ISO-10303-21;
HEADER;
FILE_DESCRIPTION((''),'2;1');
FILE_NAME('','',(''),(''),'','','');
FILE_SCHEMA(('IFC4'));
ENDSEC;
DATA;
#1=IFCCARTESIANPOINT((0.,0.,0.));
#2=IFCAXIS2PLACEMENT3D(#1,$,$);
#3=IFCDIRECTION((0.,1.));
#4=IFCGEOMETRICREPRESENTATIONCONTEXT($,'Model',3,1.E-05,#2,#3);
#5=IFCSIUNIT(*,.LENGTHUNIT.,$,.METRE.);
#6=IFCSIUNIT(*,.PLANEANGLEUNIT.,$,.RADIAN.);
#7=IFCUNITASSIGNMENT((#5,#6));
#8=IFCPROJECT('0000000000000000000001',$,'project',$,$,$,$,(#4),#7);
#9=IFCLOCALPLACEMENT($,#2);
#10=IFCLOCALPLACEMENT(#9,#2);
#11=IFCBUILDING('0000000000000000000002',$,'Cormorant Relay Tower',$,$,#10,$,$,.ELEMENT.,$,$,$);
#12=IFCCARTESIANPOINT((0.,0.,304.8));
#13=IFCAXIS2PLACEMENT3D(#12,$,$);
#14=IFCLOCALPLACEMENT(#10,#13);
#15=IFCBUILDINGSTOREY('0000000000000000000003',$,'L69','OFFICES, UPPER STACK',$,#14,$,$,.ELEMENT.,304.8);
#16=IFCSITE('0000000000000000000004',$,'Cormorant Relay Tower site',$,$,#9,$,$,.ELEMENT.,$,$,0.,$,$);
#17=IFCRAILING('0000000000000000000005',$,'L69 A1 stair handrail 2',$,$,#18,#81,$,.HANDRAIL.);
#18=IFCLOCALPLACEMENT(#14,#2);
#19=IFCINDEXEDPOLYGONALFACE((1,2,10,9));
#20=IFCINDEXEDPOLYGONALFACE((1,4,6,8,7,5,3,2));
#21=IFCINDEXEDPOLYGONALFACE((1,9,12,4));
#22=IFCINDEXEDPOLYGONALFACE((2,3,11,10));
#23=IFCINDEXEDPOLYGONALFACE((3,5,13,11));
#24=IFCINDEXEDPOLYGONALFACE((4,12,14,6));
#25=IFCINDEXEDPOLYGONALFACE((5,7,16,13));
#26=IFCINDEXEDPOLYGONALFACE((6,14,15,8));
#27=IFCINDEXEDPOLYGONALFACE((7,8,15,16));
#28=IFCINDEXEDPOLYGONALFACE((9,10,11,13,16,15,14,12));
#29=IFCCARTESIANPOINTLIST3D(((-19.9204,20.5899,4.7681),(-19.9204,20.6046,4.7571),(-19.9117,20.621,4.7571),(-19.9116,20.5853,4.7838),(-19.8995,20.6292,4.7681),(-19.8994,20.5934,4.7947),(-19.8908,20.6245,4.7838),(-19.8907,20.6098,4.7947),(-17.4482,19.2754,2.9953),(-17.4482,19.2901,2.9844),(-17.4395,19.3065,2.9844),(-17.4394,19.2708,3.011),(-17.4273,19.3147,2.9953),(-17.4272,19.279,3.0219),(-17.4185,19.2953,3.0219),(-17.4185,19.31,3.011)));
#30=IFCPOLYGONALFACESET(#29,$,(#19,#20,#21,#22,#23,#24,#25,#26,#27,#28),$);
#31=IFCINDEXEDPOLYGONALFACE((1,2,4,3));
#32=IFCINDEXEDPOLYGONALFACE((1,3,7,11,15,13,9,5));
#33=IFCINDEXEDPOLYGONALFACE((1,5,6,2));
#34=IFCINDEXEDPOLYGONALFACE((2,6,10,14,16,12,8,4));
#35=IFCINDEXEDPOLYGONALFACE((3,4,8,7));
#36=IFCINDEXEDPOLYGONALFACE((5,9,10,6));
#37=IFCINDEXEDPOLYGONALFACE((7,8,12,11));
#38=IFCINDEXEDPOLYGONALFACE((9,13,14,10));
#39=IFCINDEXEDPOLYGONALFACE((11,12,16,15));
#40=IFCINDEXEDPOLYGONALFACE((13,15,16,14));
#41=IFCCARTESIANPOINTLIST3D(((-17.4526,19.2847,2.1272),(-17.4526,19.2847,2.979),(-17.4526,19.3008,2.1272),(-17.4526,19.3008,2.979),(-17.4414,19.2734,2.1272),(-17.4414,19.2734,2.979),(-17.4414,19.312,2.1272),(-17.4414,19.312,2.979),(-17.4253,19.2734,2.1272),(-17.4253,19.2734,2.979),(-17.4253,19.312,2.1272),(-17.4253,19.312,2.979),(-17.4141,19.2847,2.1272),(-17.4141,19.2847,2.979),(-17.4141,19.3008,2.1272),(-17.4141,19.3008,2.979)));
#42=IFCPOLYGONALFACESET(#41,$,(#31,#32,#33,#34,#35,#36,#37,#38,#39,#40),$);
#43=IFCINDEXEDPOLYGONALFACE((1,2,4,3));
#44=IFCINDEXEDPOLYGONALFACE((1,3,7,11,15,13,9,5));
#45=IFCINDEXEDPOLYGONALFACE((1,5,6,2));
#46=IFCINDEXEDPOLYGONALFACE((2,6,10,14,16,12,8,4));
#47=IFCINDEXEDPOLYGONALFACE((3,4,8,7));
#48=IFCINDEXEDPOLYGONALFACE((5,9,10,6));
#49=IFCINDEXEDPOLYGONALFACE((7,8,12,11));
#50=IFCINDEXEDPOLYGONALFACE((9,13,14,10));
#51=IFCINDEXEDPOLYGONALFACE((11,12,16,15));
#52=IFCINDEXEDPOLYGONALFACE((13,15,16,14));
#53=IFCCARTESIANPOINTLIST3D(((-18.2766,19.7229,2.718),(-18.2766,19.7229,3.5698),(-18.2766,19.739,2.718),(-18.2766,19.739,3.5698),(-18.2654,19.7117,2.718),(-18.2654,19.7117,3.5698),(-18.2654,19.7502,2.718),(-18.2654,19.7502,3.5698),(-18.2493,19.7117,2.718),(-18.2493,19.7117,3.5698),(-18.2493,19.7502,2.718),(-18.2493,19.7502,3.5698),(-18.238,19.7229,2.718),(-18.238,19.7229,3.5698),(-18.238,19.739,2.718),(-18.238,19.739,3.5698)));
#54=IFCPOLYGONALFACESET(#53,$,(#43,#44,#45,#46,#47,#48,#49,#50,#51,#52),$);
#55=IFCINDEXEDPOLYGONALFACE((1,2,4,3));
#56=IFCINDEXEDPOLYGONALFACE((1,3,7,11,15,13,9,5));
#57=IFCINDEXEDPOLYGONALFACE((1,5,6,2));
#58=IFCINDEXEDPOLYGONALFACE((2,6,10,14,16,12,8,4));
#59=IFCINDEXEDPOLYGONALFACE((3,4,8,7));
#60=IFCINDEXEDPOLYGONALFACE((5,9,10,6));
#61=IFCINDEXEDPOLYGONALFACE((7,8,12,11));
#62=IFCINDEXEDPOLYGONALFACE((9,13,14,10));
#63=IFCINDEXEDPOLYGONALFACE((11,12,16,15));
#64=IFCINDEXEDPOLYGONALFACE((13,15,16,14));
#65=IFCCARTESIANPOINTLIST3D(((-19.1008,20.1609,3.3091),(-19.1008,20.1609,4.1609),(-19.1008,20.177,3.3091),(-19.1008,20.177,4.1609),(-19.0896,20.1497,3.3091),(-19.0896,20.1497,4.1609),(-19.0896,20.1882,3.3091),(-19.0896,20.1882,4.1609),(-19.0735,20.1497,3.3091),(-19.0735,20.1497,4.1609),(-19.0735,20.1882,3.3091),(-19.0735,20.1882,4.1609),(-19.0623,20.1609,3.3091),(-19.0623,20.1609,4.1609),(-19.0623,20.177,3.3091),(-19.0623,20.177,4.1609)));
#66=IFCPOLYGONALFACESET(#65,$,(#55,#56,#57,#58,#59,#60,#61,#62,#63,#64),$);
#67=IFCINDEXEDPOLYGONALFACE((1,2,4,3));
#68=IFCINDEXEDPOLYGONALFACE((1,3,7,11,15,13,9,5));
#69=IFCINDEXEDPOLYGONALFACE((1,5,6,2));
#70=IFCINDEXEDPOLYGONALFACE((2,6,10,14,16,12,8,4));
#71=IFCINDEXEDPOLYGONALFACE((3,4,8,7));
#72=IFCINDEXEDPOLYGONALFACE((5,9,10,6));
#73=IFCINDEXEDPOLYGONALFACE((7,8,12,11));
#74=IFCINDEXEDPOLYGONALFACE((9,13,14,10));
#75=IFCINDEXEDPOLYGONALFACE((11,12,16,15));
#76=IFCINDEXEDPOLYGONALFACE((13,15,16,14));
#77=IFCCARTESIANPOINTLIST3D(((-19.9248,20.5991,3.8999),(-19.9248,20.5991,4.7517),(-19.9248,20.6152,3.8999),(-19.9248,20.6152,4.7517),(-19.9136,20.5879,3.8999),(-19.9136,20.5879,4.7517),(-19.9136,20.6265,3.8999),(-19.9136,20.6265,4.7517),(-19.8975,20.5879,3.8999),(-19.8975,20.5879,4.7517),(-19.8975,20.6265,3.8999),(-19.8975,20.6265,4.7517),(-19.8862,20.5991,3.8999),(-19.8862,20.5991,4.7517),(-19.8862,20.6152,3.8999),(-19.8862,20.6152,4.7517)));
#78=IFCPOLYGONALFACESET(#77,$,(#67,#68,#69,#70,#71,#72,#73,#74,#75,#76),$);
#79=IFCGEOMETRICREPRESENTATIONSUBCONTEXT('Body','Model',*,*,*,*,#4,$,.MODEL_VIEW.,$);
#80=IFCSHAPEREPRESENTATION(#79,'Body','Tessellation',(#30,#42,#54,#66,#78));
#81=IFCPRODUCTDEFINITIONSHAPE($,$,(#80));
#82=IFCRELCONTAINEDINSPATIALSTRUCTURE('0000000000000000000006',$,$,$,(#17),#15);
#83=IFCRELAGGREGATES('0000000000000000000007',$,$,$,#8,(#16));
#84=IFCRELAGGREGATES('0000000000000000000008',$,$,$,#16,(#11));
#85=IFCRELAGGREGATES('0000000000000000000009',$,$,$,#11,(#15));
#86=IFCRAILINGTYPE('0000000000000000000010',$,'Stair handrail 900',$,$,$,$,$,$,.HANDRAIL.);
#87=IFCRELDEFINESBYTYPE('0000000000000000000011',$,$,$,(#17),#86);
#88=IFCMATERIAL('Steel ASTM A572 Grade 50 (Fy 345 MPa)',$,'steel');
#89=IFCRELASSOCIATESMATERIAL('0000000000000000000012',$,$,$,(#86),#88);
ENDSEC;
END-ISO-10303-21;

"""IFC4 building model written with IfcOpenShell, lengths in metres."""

from ifc_helpers import new_model, si_unit, direction, frame, origin, place, context, subcontext, project, spatial, polyline, outline, extrude, material, type_object, element, save


model = new_model("IFC4")

# Units and contexts
model_context = context("Model", 3, precision=1e-05, world=origin(), true_north=direction((0.0, 1.0)))
body_context = subcontext(model_context, "Body", "Model", "MODEL_VIEW")
ifc_project = project(units=[si_unit("LENGTHUNIT", "METRE"), si_unit("PLANEANGLEUNIT", "RADIAN")], contexts=[model_context])

# Site, building, storey
site_placement = place(None, origin())
site = spatial("IfcSite", under=ifc_project, at=site_placement, Name="Cormorant Relay Tower site", CompositionType="ELEMENT", RefElevation=0.0)
building_placement = place(site_placement, origin())
building = spatial("IfcBuilding", under=site, at=building_placement, Name="Cormorant Relay Tower", CompositionType="ELEMENT")
storey_placement = place(building_placement, frame((0.0, 0.0, 304.8)))
storey = spatial("IfcBuildingStorey", under=building, at=storey_placement, Name="L69", Description="OFFICES, UPPER STACK", CompositionType="ELEMENT", Elevation=304.8)

# Railing
ifc_material_1 = material(Name="Steel ASTM A572 Grade 50 (Fy 345 MPa)", Category="steel")
railing_type_1 = type_object("IfcRailingType", Name="Stair handrail 900", PredefinedType="HANDRAIL", material=ifc_material_1)
railing_1_placement = place(storey_placement, frame((-17.4333, 19.2927, 2.1272)))
element("IfcRailing", 1, at=railing_1_placement, inside=storey, type_object=railing_type_1, Name="L69 A1 stair handrail 2", PredefinedType="HANDRAIL", context=body_context, shape_type="SweptSolid", body=[
    extrude(outline(polyline([(0.0222, 0.0093), (0.0093, 0.0222), (-0.0093, 0.0222), (-0.0222, 0.0093), (-0.0222, -0.0093), (-0.0093, -0.0222), (0.0093, -0.0222), (0.0222, -0.0093), (0.0222, 0.0093)])), frame((0.0, 0.0, 0.876), z_axis=(-0.746001, 0.396649, 0.534931), x_axis=(-0.469465, -0.882951, 0.0)), (0.0, 0.0, 1.0), 3.314),
    extrude(outline(polyline([(0.0193, 0.0081), (0.0081, 0.0193), (-0.0081, 0.0193), (-0.0193, 0.0081), (-0.0193, -0.0081), (-0.0081, -0.0193), (0.0081, -0.0193), (0.0193, -0.0081), (0.0193, 0.0081)])), origin(), (0.0, 0.0, 1.0), 0.8518),
    extrude(outline(polyline([(0.0193, 0.0081), (0.0081, 0.0193), (-0.0081, 0.0193), (-0.0193, 0.0081), (-0.0193, -0.0081), (-0.0081, -0.0193), (0.0081, -0.0193), (0.0193, -0.0081), (0.0193, 0.0081)])), frame((-0.824, 0.4382, 0.5908)), (0.0, 0.0, 1.0), 0.8518),
    extrude(outline(polyline([(0.0193, 0.0081), (0.0081, 0.0193), (-0.0081, 0.0193), (-0.0193, 0.0081), (-0.0193, -0.0081), (-0.0081, -0.0193), (0.0081, -0.0193), (0.0193, -0.0081), (0.0193, 0.0081)])), frame((-1.6482, 0.8762, 1.1819)), (0.0, 0.0, 1.0), 0.8518),
    extrude(outline(polyline([(0.0193, 0.0081), (0.0081, 0.0193), (-0.0081, 0.0193), (-0.0193, 0.0081), (-0.0193, -0.0081), (-0.0081, -0.0193), (0.0081, -0.0193), (0.0193, -0.0081), (0.0193, 0.0081)])), frame((-2.4722, 1.3145, 1.7727)), (0.0, 0.0, 1.0), 0.8518),
])

save(model, "model.ifc")
